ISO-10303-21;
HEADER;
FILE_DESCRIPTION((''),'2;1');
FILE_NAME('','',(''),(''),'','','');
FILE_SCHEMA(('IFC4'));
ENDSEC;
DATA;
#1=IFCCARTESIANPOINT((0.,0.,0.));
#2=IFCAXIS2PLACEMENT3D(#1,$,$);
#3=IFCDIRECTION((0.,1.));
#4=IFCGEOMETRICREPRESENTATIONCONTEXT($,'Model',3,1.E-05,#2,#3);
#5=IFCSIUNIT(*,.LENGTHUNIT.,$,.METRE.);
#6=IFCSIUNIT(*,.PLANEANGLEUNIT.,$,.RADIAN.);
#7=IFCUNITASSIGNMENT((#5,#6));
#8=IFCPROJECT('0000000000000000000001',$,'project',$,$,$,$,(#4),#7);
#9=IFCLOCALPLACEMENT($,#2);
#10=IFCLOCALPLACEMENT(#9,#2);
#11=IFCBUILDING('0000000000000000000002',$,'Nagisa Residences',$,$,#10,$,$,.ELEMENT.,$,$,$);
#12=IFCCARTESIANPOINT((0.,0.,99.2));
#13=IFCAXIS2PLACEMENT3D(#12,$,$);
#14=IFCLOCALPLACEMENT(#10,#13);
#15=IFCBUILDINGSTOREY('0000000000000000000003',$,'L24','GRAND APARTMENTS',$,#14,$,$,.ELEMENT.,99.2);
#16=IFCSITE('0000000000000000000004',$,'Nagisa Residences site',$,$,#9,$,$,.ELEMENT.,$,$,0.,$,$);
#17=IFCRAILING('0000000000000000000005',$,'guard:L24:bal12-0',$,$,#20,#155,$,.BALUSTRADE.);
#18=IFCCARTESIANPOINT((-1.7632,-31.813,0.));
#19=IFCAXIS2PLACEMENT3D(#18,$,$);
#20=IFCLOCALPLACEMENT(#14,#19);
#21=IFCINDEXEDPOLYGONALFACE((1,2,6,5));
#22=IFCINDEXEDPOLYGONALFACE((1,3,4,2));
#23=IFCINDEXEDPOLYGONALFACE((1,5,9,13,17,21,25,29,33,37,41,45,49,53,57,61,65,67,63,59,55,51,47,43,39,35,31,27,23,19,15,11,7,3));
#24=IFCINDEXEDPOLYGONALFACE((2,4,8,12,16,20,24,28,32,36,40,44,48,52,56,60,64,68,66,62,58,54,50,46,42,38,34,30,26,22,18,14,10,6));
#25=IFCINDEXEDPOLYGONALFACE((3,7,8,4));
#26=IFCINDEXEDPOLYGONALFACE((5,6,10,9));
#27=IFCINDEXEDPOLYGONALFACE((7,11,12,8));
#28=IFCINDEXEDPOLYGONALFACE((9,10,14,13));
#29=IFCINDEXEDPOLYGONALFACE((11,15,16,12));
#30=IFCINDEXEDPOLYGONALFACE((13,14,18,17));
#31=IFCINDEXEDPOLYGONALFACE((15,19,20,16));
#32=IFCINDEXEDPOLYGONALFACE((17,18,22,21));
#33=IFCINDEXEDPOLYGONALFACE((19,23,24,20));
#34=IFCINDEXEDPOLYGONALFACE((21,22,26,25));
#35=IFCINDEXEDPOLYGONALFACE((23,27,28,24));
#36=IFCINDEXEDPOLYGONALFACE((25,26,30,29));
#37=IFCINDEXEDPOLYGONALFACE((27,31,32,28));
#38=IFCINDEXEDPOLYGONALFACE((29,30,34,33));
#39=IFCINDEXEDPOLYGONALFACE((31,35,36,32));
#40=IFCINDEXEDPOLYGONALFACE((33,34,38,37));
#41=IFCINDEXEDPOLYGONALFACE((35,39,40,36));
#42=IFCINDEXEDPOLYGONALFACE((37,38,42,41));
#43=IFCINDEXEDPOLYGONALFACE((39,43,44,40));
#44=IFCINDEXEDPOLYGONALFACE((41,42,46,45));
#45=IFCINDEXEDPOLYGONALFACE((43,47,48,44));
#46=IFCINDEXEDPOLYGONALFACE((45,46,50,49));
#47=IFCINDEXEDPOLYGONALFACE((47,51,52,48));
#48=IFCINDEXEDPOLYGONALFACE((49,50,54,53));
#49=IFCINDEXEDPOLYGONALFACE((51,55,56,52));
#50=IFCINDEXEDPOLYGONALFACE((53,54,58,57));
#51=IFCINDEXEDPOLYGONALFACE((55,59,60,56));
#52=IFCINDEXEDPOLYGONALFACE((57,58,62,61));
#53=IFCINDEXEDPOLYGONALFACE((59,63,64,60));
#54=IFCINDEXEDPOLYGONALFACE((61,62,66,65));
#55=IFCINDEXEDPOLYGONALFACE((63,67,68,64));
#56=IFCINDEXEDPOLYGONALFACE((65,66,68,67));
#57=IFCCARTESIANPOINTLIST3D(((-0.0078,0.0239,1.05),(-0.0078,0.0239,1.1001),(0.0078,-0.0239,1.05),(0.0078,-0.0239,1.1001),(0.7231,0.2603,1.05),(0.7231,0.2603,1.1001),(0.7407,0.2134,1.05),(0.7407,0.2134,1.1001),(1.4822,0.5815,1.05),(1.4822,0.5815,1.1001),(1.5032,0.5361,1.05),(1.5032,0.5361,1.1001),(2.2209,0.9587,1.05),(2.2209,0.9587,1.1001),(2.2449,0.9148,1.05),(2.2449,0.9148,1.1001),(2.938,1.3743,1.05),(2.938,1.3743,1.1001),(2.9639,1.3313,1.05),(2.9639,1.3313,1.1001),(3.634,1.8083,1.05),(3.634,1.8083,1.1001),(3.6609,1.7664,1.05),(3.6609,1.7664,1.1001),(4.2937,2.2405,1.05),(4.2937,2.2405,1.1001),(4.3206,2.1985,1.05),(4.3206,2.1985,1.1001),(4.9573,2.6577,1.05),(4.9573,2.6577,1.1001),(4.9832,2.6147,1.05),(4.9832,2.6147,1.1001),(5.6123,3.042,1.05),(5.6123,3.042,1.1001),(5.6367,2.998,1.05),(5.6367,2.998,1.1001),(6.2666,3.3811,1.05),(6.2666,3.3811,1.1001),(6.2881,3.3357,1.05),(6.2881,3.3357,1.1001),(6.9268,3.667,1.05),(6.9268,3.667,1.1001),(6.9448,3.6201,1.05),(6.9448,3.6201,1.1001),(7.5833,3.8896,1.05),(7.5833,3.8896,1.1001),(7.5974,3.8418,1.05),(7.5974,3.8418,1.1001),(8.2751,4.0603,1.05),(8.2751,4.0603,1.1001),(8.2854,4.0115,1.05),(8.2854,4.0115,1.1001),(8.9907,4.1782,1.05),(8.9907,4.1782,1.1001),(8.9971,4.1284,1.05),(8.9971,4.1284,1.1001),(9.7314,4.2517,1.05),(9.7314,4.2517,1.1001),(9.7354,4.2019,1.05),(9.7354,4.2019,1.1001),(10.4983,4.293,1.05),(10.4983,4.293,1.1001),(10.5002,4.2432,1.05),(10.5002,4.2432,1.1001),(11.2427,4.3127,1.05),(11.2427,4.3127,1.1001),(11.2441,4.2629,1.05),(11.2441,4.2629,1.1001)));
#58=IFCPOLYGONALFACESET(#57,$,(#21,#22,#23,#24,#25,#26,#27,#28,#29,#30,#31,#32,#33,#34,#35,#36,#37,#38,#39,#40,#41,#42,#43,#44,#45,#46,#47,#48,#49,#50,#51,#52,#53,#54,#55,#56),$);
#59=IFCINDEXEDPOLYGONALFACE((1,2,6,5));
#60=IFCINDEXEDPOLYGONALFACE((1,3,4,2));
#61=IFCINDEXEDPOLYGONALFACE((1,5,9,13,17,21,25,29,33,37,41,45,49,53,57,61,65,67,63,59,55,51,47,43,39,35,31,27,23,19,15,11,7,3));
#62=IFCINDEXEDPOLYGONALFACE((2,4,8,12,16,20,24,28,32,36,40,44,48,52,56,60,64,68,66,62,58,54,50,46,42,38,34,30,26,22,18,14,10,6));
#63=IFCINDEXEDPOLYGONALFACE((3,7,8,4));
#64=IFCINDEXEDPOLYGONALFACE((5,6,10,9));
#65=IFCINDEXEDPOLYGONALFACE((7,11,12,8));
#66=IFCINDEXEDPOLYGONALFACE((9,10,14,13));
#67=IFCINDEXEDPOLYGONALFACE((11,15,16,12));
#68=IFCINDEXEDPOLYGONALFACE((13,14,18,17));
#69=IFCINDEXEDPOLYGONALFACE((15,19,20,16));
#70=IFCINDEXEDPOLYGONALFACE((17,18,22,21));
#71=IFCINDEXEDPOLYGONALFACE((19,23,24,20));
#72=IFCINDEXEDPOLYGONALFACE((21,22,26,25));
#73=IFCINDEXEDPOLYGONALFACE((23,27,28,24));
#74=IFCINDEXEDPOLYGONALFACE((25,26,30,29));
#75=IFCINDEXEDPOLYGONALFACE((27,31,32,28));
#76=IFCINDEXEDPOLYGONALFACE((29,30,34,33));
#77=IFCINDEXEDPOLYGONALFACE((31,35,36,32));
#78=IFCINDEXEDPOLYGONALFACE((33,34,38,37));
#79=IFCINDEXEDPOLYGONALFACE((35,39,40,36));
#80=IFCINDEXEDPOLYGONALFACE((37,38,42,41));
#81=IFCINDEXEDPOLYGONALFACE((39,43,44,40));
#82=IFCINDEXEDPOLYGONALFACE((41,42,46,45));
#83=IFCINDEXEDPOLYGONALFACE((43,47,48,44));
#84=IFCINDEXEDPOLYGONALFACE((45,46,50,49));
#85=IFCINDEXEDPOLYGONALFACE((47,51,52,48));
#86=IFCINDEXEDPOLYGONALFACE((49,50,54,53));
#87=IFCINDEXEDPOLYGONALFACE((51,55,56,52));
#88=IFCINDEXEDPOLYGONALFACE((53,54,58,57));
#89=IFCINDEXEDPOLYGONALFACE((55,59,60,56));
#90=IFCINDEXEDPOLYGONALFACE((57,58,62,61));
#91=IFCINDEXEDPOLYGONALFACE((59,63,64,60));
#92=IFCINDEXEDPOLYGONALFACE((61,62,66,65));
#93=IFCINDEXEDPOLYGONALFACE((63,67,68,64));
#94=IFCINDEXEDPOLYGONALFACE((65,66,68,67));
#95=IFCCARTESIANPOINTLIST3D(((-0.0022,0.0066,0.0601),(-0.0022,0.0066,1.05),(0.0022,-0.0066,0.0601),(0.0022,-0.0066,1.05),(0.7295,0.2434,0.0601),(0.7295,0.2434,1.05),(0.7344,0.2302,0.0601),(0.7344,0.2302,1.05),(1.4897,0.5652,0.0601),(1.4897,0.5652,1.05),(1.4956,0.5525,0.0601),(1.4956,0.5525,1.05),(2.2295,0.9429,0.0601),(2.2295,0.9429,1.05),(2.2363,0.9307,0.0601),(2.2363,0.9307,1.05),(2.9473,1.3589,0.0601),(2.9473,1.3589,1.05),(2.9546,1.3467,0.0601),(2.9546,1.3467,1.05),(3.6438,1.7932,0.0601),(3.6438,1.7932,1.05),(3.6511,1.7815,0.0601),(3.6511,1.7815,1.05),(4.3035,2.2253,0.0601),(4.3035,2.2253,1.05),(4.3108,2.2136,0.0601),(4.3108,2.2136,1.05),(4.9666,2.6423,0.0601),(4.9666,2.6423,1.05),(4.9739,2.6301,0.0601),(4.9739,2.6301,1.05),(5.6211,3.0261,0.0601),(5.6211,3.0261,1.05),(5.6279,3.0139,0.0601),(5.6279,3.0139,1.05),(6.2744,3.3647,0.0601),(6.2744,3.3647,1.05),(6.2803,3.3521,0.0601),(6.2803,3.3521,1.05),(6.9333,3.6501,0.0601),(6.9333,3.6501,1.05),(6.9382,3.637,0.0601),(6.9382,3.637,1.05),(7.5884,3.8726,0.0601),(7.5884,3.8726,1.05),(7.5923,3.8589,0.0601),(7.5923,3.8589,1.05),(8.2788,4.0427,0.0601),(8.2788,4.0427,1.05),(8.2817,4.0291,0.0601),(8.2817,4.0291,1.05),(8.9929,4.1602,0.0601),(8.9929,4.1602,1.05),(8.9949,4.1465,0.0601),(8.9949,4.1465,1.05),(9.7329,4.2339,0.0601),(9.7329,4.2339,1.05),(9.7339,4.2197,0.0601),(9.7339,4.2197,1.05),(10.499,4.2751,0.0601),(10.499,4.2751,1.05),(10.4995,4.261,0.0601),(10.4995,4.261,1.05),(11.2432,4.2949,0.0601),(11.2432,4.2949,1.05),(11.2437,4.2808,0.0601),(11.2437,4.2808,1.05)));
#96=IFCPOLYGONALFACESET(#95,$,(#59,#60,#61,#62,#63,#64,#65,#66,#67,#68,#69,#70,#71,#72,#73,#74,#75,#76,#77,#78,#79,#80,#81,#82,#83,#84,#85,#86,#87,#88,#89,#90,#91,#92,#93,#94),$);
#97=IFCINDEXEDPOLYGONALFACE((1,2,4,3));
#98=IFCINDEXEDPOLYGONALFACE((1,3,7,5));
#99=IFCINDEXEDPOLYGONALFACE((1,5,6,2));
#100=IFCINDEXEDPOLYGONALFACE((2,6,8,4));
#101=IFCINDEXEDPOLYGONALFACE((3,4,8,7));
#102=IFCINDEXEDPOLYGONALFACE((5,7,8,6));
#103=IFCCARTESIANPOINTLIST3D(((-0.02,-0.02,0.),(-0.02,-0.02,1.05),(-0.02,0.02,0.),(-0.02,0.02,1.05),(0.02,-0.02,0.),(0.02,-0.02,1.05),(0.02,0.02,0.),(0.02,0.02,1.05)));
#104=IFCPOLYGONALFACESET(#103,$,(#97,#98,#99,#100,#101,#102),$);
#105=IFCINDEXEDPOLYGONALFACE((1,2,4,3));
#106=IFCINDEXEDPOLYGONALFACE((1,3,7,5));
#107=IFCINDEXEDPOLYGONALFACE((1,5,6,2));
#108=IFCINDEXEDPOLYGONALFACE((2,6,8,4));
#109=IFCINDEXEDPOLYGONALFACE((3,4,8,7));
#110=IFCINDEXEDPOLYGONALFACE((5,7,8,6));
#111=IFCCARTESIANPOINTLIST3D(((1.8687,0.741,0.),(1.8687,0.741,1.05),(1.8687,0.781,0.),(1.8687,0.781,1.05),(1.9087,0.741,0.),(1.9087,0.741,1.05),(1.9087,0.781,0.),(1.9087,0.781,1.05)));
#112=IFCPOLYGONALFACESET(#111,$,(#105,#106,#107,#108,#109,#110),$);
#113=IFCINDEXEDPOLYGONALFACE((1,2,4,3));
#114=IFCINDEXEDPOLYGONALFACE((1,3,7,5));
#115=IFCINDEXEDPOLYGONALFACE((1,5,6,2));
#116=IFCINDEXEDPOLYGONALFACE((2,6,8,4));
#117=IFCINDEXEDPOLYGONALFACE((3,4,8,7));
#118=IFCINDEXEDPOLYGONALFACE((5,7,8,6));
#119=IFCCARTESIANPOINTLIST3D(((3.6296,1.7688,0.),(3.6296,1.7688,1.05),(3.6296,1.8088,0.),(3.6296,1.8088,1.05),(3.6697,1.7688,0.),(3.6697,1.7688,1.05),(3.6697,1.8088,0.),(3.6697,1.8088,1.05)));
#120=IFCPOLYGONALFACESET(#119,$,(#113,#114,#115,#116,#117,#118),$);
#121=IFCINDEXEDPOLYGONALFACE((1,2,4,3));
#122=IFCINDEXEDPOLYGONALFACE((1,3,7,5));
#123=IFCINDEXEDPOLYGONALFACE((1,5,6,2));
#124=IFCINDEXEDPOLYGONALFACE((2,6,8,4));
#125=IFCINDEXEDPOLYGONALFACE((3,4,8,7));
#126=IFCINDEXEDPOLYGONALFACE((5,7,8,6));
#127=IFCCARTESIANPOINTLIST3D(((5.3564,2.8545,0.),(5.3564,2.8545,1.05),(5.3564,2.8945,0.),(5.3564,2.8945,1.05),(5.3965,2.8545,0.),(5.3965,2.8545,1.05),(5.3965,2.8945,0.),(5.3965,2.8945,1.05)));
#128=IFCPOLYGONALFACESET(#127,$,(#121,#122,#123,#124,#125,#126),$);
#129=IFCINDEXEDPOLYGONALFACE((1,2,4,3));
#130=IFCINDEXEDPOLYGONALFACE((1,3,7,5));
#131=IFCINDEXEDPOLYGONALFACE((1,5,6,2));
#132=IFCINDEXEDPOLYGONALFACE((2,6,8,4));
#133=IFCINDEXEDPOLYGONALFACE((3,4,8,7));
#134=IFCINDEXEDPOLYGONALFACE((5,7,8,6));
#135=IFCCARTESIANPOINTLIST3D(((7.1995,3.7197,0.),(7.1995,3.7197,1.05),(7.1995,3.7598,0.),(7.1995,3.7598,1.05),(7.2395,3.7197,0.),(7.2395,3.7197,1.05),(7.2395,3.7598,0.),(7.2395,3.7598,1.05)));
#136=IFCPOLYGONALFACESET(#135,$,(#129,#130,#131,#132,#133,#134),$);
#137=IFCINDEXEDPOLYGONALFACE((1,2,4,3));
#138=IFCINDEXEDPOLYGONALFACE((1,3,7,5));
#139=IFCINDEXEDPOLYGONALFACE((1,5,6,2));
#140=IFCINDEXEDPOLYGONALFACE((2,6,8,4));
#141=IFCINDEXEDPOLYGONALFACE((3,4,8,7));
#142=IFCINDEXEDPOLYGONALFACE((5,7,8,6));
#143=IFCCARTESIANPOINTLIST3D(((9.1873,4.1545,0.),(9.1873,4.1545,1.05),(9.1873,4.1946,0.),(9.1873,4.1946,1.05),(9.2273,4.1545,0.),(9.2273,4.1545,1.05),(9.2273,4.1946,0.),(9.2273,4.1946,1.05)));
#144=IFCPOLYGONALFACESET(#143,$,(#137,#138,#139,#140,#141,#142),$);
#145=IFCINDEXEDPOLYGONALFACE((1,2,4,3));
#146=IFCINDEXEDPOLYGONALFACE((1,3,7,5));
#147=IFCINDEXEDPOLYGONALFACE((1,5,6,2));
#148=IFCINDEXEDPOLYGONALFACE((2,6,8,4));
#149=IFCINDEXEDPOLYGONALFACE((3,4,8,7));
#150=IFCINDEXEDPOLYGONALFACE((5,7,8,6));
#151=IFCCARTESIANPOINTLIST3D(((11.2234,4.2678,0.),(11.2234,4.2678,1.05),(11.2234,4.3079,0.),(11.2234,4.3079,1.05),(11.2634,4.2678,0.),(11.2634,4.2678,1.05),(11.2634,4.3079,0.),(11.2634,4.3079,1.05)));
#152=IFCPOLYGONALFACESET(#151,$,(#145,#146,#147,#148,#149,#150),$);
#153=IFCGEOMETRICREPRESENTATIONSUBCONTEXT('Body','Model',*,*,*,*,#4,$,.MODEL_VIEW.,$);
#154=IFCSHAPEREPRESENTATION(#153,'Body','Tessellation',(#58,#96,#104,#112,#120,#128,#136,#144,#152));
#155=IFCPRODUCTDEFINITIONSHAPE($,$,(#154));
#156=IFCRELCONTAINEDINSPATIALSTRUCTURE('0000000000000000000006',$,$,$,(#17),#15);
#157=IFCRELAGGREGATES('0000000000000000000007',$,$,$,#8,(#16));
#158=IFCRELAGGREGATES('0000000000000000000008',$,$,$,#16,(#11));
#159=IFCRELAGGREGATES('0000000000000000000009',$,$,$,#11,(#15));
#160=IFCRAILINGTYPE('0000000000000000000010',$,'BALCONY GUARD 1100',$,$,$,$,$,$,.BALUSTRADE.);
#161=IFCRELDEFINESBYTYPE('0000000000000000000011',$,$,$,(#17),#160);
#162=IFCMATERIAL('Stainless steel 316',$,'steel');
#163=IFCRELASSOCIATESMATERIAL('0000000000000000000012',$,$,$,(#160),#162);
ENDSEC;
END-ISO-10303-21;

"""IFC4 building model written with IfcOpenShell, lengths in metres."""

from ifc_helpers import new_model, si_unit, direction, frame, origin, origin_2d, place, context, subcontext, project, spatial, polyline, rectangle, outline, extrude, material, type_object, element, save


model = new_model("IFC4")

# Units and contexts
model_context = context("Model", 3, precision=1e-05, world=origin(), true_north=direction((0.0, 1.0)))
body_context = subcontext(model_context, "Body", "Model", "MODEL_VIEW")
ifc_project = project(units=[si_unit("LENGTHUNIT", "METRE"), si_unit("PLANEANGLEUNIT", "RADIAN")], contexts=[model_context])

# Site, building, storey
site_placement = place(None, origin())
site = spatial("IfcSite", under=ifc_project, at=site_placement, Name="Nagisa Residences site", CompositionType="ELEMENT", RefElevation=0.0)
building_placement = place(site_placement, origin())
building = spatial("IfcBuilding", under=site, at=building_placement, Name="Nagisa Residences", CompositionType="ELEMENT")
storey_placement = place(building_placement, frame((0.0, 0.0, 99.2)))
storey = spatial("IfcBuildingStorey", under=building, at=storey_placement, Name="L24", Description="GRAND APARTMENTS", CompositionType="ELEMENT", Elevation=99.2)

# Railing
ifc_material_1 = material(Name="Stainless steel 316", Category="steel")
railing_type = type_object("IfcRailingType", Name="BALCONY GUARD 1100", PredefinedType="BALUSTRADE", material=ifc_material_1)
railing_placement = place(storey_placement, frame((-1.7632, -31.813, 0.0)))
element("IfcRailing", 1, at=railing_placement, inside=storey, type_object=railing_type, Name="guard:L24:bal12-0", PredefinedType="BALUSTRADE", context=body_context, shape_type="SweptSolid", body=[
    extrude(outline(polyline([(0.7231, 0.2603), (-0.0078, 0.0239), (0.0078, -0.0239), (0.7407, 0.2134), (1.5032, 0.5361), (2.2449, 0.9148), (2.9639, 1.3313), (3.6609, 1.7664), (4.3206, 2.1985), (4.9832, 2.6147), (5.6367, 2.998), (6.2881, 3.3357), (6.9448, 3.6201), (7.5974, 3.8418), (8.2854, 4.0115), (8.9971, 4.1284), (9.7354, 4.2019), (10.5002, 4.2432), (11.2441, 4.2629), (11.2427, 4.3127), (10.4983, 4.293), (9.7314, 4.2517), (8.9907, 4.1782), (8.2751, 4.0603), (7.5833, 3.8896), (6.9268, 3.667), (6.2666, 3.3811), (5.6123, 3.042), (4.9573, 2.6577), (4.2937, 2.2405), (3.634, 1.8083), (2.938, 1.3743), (2.2209, 0.9587), (1.4822, 0.5815), (0.7231, 0.2603)])), frame((0.0, 0.0, 1.05)), (0.0, 0.0, 1.0), 0.05),
    extrude(outline(polyline([(0.7295, 0.2434), (-0.0022, 0.0066), (0.0022, -0.0066), (0.7344, 0.2302), (1.4956, 0.5525), (2.2363, 0.9307), (2.9546, 1.3467), (3.6511, 1.7815), (4.3108, 2.2136), (4.9739, 2.6301), (5.6279, 3.0139), (6.2803, 3.3521), (6.9382, 3.637), (7.5923, 3.8589), (8.2817, 4.0291), (8.9949, 4.1465), (9.7339, 4.2197), (10.4995, 4.261), (11.2437, 4.2808), (11.2432, 4.2949), (10.499, 4.2751), (9.7329, 4.2339), (8.9929, 4.1602), (8.2788, 4.0427), (7.5884, 3.8726), (6.9333, 3.6501), (6.2744, 3.3647), (5.6211, 3.0261), (4.9666, 2.6423), (4.3035, 2.2253), (3.6438, 1.7932), (2.9473, 1.3589), (2.2295, 0.9429), (1.4897, 0.5652), (0.7295, 0.2434)])), frame((0.0, 0.0, 0.0601)), (0.0, 0.0, 1.0), 0.99),
    extrude(rectangle(XDim=0.04, YDim=0.04, at=origin_2d()), origin(), (0.0, 0.0, 1.0), 1.05),
    extrude(rectangle(XDim=0.04, YDim=0.04, at=origin_2d()), frame((1.8887, 0.761, 0.0)), (0.0, 0.0, 1.0), 1.05),
    extrude(rectangle(XDim=0.04, YDim=0.04, at=origin_2d()), frame((3.6497, 1.7888, 0.0)), (0.0, 0.0, 1.0), 1.05),
    extrude(rectangle(XDim=0.04, YDim=0.04, at=origin_2d()), frame((5.3765, 2.8745, 0.0)), (0.0, 0.0, 1.0), 1.05),
    extrude(rectangle(XDim=0.04, YDim=0.04, at=origin_2d()), frame((7.2195, 3.7397, 0.0)), (0.0, 0.0, 1.0), 1.05),
    extrude(rectangle(XDim=0.04, YDim=0.04, at=origin_2d()), frame((9.2073, 4.1746, 0.0)), (0.0, 0.0, 1.0), 1.05),
    extrude(rectangle(XDim=0.04, YDim=0.04, at=origin_2d()), frame((11.2434, 4.2878, 0.0)), (0.0, 0.0, 1.0), 1.05),
])

save(model, "model.ifc")
